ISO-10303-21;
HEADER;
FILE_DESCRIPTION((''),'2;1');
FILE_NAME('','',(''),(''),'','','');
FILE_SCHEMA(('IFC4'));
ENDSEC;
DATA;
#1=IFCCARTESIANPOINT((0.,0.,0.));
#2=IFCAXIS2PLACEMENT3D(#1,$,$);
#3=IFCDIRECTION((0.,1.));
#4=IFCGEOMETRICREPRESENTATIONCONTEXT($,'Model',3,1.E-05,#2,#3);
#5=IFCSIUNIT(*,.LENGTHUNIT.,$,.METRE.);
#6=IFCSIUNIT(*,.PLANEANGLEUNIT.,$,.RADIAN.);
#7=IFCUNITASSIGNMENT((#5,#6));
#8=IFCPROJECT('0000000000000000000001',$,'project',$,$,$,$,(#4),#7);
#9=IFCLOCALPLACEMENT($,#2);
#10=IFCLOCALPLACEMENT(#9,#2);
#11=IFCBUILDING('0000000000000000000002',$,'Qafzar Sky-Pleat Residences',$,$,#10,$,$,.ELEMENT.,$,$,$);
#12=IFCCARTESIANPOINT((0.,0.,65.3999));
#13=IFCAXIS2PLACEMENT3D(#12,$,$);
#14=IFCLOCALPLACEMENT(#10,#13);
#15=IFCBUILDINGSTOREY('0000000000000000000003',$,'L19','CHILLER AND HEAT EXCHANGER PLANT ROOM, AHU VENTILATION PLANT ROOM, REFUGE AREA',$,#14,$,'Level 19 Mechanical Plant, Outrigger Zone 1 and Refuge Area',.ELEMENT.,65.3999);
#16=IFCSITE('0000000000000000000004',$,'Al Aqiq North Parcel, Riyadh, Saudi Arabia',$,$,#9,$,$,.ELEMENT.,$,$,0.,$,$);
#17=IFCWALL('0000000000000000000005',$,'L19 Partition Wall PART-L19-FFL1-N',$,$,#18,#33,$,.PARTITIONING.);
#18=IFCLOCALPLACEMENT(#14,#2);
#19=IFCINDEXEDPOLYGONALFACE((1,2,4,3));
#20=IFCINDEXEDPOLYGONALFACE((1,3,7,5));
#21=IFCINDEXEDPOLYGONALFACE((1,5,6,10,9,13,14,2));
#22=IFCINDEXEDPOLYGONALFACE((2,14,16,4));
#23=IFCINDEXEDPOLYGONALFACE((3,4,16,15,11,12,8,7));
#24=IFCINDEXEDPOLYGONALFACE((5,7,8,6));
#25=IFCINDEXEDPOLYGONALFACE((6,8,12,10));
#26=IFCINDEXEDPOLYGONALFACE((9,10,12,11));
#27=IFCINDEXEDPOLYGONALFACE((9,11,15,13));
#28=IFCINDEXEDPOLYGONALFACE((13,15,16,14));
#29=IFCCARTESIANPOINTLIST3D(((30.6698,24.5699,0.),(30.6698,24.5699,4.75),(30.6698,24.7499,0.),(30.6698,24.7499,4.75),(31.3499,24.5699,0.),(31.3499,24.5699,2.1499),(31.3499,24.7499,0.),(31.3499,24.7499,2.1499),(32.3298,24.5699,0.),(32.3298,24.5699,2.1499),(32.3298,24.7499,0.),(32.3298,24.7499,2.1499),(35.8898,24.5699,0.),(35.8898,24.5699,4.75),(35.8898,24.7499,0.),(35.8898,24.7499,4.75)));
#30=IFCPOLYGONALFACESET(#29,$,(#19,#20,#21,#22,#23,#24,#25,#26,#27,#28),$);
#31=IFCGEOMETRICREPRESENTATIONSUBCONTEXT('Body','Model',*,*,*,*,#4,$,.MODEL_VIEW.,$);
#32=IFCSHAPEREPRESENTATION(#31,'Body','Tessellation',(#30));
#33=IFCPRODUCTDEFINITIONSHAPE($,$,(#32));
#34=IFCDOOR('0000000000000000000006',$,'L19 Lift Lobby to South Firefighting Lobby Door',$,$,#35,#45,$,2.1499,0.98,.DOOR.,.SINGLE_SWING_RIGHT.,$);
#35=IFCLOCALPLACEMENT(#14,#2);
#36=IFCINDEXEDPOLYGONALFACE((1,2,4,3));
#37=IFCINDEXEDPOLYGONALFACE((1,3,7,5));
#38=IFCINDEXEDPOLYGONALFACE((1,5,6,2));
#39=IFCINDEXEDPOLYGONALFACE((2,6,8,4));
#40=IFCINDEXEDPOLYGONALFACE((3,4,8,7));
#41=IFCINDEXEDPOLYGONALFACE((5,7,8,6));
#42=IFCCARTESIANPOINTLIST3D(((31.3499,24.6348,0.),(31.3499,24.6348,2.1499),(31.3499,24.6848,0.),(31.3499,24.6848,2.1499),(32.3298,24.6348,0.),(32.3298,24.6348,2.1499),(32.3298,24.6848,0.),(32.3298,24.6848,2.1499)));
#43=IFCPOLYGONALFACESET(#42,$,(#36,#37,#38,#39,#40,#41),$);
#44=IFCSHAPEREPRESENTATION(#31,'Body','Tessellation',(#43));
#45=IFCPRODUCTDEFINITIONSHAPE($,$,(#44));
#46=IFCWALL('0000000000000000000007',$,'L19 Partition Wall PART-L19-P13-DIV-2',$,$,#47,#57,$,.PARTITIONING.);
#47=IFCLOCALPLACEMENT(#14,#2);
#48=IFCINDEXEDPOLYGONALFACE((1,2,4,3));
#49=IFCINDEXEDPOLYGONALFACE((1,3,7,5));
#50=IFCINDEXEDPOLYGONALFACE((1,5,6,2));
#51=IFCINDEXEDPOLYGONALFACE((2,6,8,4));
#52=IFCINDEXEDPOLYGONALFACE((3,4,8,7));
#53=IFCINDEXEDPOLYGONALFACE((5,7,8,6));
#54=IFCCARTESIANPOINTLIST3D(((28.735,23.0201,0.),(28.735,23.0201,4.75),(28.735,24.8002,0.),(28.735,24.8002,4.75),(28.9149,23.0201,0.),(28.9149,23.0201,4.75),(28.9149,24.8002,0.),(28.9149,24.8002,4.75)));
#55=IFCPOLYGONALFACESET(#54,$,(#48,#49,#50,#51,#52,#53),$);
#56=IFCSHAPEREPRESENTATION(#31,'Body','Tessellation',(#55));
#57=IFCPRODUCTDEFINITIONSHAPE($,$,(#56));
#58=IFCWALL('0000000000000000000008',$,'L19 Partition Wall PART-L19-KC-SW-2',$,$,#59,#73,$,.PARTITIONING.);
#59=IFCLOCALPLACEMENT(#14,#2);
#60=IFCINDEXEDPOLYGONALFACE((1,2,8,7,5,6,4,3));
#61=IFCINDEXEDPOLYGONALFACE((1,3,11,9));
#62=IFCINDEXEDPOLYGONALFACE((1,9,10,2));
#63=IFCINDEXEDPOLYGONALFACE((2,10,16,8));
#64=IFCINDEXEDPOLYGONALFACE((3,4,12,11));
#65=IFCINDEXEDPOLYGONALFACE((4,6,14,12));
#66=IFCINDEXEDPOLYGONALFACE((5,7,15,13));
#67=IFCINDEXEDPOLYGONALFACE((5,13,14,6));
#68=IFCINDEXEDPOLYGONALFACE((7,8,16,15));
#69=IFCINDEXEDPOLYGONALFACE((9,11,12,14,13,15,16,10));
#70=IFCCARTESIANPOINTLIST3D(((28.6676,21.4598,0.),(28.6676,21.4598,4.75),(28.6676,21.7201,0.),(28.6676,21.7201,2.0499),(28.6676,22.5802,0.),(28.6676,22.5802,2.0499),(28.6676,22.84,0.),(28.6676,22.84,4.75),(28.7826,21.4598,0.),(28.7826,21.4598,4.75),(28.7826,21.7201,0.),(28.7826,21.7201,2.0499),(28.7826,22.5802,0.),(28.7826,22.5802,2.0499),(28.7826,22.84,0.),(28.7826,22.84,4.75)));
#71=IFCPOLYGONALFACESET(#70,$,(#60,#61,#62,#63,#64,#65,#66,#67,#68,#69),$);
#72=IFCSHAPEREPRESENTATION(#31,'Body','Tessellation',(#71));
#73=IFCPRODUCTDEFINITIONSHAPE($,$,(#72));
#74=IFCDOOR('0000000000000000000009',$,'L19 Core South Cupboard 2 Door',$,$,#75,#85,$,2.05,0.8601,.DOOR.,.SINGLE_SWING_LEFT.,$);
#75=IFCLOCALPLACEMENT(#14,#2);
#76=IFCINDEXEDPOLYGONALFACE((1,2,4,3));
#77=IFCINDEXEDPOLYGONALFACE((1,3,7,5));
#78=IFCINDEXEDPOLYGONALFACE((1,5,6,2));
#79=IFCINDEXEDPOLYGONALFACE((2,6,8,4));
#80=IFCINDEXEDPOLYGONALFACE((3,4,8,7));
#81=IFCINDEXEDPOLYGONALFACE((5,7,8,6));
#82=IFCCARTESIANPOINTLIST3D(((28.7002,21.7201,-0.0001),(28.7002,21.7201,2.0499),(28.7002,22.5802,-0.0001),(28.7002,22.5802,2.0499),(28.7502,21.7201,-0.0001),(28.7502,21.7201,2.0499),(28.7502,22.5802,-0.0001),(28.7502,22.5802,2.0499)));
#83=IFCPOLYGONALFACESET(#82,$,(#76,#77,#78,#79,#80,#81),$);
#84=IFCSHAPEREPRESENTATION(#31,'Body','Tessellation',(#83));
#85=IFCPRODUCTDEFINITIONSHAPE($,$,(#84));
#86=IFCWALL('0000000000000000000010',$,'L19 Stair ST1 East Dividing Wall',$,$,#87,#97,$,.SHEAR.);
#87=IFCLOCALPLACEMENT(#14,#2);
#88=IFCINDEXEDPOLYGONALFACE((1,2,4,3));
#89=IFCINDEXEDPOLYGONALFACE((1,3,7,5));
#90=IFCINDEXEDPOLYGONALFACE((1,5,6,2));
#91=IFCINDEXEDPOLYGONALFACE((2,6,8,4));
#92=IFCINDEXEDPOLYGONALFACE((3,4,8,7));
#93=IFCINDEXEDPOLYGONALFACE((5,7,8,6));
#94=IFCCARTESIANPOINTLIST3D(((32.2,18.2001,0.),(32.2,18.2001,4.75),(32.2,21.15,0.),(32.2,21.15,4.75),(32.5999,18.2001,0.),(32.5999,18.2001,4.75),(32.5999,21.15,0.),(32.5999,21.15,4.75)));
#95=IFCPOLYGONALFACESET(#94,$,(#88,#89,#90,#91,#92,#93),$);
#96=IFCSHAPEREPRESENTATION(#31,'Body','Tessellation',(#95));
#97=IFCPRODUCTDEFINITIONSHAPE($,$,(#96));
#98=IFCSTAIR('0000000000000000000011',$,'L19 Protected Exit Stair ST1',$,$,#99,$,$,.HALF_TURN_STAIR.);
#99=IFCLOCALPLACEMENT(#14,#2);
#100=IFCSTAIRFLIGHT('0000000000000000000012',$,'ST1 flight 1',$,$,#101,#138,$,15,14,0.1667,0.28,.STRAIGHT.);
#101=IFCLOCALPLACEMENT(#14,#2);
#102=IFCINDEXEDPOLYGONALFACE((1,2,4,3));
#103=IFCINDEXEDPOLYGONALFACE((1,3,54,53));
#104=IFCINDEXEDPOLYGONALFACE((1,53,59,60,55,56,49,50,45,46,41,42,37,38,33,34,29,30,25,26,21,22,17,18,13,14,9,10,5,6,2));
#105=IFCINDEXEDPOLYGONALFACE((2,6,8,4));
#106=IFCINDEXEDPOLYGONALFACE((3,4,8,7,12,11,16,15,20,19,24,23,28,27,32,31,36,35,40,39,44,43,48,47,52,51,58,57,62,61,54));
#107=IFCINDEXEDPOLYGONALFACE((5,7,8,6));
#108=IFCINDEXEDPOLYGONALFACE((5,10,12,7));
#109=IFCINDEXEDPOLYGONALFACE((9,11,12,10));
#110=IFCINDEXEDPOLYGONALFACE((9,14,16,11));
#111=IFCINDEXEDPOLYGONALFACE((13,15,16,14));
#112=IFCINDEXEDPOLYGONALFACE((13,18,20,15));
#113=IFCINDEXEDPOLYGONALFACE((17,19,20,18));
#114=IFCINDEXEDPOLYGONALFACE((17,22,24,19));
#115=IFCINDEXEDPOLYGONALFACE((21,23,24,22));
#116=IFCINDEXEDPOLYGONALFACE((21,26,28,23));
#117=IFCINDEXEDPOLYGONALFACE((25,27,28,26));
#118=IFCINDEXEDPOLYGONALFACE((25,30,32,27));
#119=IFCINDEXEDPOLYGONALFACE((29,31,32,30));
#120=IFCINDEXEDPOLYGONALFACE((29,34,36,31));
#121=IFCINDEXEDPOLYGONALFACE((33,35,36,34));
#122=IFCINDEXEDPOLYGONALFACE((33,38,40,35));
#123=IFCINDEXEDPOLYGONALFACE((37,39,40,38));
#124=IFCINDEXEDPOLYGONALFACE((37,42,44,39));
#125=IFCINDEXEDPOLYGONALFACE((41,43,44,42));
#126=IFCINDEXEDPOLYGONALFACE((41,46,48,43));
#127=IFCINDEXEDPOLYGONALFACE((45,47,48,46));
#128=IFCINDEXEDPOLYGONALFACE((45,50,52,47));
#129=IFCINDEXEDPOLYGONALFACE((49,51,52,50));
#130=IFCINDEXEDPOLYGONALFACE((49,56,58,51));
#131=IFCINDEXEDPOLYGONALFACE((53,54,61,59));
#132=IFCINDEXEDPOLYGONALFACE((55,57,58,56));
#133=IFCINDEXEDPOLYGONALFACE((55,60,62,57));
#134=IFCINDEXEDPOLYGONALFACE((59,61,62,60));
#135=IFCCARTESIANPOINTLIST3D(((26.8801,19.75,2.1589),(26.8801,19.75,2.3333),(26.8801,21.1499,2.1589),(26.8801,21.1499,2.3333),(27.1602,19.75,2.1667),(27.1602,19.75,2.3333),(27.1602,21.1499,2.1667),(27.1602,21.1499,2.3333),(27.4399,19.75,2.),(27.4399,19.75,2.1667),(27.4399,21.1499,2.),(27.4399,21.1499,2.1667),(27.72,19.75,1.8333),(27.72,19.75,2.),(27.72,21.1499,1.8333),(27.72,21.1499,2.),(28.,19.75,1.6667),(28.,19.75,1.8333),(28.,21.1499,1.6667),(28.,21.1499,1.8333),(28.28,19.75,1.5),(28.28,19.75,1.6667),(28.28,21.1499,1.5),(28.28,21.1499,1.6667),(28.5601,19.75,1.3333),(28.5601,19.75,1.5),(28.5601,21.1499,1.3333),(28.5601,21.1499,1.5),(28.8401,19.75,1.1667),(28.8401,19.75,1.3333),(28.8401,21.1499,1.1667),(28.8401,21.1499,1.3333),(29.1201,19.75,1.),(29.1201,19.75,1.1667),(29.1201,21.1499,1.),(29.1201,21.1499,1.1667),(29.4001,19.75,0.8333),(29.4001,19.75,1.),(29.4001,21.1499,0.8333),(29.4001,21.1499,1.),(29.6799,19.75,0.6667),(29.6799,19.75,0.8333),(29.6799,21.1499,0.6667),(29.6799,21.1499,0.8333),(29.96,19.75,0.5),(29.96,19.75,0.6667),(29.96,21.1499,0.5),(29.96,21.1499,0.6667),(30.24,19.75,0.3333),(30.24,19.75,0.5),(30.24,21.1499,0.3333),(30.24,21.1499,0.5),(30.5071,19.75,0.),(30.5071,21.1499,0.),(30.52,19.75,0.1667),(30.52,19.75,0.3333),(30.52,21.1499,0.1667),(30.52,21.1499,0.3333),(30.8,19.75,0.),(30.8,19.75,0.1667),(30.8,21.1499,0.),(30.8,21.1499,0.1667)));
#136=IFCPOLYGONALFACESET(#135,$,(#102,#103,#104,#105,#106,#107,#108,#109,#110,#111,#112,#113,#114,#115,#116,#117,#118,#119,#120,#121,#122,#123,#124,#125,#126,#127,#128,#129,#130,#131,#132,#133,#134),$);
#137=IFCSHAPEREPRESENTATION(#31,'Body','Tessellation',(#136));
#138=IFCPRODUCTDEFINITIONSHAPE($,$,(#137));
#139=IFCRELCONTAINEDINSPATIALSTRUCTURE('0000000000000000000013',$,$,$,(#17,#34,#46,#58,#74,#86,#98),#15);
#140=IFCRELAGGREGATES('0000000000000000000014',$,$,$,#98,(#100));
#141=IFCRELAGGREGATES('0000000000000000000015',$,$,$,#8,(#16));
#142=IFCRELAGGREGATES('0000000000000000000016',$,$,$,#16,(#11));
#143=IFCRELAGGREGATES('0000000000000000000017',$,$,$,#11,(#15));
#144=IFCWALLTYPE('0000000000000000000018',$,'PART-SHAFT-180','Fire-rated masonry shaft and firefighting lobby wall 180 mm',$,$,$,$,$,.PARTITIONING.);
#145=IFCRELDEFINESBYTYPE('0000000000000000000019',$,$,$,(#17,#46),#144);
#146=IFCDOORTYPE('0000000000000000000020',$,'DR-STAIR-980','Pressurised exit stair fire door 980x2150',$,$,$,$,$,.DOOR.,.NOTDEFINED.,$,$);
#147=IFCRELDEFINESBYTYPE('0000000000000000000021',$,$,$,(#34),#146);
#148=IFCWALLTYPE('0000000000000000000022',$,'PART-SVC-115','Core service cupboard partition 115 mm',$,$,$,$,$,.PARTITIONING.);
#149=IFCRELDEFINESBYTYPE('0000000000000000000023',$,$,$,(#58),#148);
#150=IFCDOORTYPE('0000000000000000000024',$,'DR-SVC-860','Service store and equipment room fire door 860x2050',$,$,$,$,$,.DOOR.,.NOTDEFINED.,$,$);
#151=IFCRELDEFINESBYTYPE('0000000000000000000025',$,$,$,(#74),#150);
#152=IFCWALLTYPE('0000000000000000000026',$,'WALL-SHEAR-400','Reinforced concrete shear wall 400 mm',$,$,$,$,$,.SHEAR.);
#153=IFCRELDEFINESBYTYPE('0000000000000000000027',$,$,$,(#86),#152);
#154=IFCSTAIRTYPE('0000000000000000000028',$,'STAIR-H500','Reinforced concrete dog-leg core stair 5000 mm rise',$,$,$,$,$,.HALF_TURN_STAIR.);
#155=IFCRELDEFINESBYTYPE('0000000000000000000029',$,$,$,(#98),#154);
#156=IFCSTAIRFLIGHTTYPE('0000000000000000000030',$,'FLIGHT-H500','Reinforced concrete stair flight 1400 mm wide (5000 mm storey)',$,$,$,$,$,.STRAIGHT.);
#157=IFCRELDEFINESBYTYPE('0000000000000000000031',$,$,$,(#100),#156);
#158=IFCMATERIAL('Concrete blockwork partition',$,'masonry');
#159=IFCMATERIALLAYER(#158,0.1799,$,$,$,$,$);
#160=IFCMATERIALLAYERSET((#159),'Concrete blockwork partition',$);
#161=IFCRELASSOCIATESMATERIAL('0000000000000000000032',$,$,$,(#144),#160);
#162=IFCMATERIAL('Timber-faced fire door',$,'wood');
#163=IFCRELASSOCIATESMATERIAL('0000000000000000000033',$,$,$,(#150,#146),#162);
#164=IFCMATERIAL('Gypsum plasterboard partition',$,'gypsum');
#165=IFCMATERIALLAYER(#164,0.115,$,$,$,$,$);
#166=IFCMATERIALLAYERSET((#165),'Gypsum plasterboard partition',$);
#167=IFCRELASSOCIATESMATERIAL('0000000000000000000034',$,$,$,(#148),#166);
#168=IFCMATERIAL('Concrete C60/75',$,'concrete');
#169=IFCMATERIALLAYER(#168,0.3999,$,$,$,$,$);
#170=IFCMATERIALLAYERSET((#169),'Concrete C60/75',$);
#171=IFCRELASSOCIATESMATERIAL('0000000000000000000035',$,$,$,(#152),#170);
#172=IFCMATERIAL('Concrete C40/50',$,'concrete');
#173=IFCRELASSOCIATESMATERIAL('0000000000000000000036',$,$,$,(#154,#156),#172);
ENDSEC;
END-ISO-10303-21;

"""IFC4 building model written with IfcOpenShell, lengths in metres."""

from ifc_helpers import new_model, si_unit, direction, frame, frame_2d, origin, place, context, subcontext, project, spatial, polyline, rectangle, outline, extrude, source, transform, mapped, material, layer, layer_set, type_object, element, fill, aggregate, save


model = new_model("IFC4")

# Units and contexts
model_context = context("Model", 3, precision=1e-05, world=origin(), true_north=direction((0.0, 1.0)))
body_context = subcontext(model_context, "Body", "Model", "MODEL_VIEW")
ifc_project = project(units=[si_unit("LENGTHUNIT", "METRE"), si_unit("PLANEANGLEUNIT", "RADIAN")], contexts=[model_context])

# Site, building, storey
site_placement = place(None, origin())
site = spatial("IfcSite", under=ifc_project, at=site_placement, Name="Al Aqiq North Parcel, Riyadh, Saudi Arabia", CompositionType="ELEMENT", RefElevation=0.0)
building_placement = place(site_placement, origin())
building = spatial("IfcBuilding", under=site, at=building_placement, Name="Qafzar Sky-Pleat Residences", CompositionType="ELEMENT")
storey_placement = place(building_placement, frame((0.0, 0.0, 65.3999)))
storey = spatial("IfcBuildingStorey", under=building, at=storey_placement, Name="L19", Description="CHILLER AND HEAT EXCHANGER PLANT ROOM, AHU VENTILATION PLANT ROOM, REFUGE AREA", LongName="Level 19 Mechanical Plant, Outrigger Zone 1 and Refuge Area", CompositionType="ELEMENT", Elevation=65.3999)

# Shared definitions
ifc_material_1 = material(Name="Timber-faced fire door", Category="wood")

# Wall, opening, door
ifc_material_2 = material(Name="Concrete blockwork partition", Category="masonry")
ifc_layer_1 = layer(ifc_material_2, 0.1799)
ifc_layer_set_1 = layer_set([ifc_layer_1], Name="Concrete blockwork partition")
wall_type_1 = type_object("IfcWallType", Name="PART-SHAFT-180", Description="Fire-rated masonry shaft and firefighting lobby wall 180 mm", PredefinedType="PARTITIONING", material=ifc_layer_set_1)
door_type_1 = type_object("IfcDoorType", Name="DR-SVC-860", Description="Service store and equipment room fire door 860x2050", OperationType="NOTDEFINED", PredefinedType="DOOR", material=ifc_material_1)
shared_shape_1 = source(origin(), body_context, "Body", "SweptSolid", [
    extrude(rectangle(XDim=0.8601, YDim=2.05, at=frame_2d((0.4302, 1.0249))), frame((0.0, 0.0249, 0.0), z_axis=(0.0, -1.0, 0.0), x_axis=(1.0, 0.0, 0.0)), (0.0, 0.0, 1.0), 0.05),
])
wall_1_placement = place(storey_placement, frame((30.6699, 24.6599, 0.0), z_axis=(0.0, 0.0, 1.0), x_axis=(1.0, 0.0, 0.0)))
wall_1 = element("IfcWall", 1, at=wall_1_placement, inside=storey, type_object=wall_type_1, Name="L19 Partition Wall PART-L19-FFL1-N", PredefinedType="PARTITIONING", context=body_context, shape_type="SweptSolid", body=[
    extrude(rectangle(XDim=5.22, YDim=0.1799, at=frame_2d((2.6099, 0.0))), origin(), (0.0, 0.0, 1.0), 4.75),
])
opening_1_placement = place(wall_1_placement, frame((0.6799, 0.0, 0.0)))
opening_1 = element("IfcOpeningElement", 2, at=opening_1_placement, cuts=wall_1, PredefinedType="OPENING", context=body_context, shape_type="SweptSolid", body=[
    extrude(rectangle(XDim=0.98, YDim=2.1499, at=frame_2d((0.49, 1.075))), frame((0.0, 0.1001, 0.0), z_axis=(0.0, -1.0, 0.0), x_axis=(1.0, 0.0, 0.0)), (0.0, 0.0, 1.0), 0.2),
])
door_type_2 = type_object("IfcDoorType", Name="DR-STAIR-980", Description="Pressurised exit stair fire door 980x2150", OperationType="NOTDEFINED", PredefinedType="DOOR", material=ifc_material_1)
shared_shape_2 = source(origin(), body_context, "Body", "SweptSolid", [
    extrude(rectangle(XDim=0.98, YDim=2.1499, at=frame_2d((0.49, 1.075))), frame((0.0, 0.0249, 0.0), z_axis=(0.0, -1.0, 0.0), x_axis=(1.0, 0.0, 0.0)), (0.0, 0.0, 1.0), 0.05),
])
door_1_placement = place(opening_1_placement, origin())
door_1 = element("IfcDoor", 3, at=door_1_placement, inside=storey, type_object=door_type_2, Name="L19 Lift Lobby to South Firefighting Lobby Door", OperationType="SINGLE_SWING_RIGHT", OverallHeight=2.1499, OverallWidth=0.98, PredefinedType="DOOR", context=body_context, shape_type="MappedRepresentation", body=[
    mapped(shared_shape_2, transform((0.0, 0.0, 0.0), x_axis=(1.0, 0.0, 0.0), y_axis=(0.0, 1.0, 0.0), z_axis=(0.0, 0.0, 1.0), scale=1.0)),
])
fill(opening_1, door_1)

# Wall
wall_2_placement = place(storey_placement, frame((28.825, 23.02, 0.0), z_axis=(0.0, 0.0, 1.0), x_axis=(0.0, 1.0, 0.0)))
element("IfcWall", 4, at=wall_2_placement, inside=storey, type_object=wall_type_1, Name="L19 Partition Wall PART-L19-P13-DIV-2", PredefinedType="PARTITIONING", context=body_context, shape_type="SweptSolid", body=[
    extrude(rectangle(XDim=1.78, YDim=0.1799, at=frame_2d((0.8901, 0.0))), origin(), (0.0, 0.0, 1.0), 4.75),
])

# Wall, opening, door
ifc_material_3 = material(Name="Gypsum plasterboard partition", Category="gypsum")
ifc_layer_2 = layer(ifc_material_3, 0.115)
ifc_layer_set_2 = layer_set([ifc_layer_2], Name="Gypsum plasterboard partition")
wall_type_2 = type_object("IfcWallType", Name="PART-SVC-115", Description="Core service cupboard partition 115 mm", PredefinedType="PARTITIONING", material=ifc_layer_set_2)
wall_3_placement = place(storey_placement, frame((28.7251, 21.46, 0.0), z_axis=(0.0, 0.0, 1.0), x_axis=(0.0, 1.0, 0.0)))
wall_3 = element("IfcWall", 5, at=wall_3_placement, inside=storey, type_object=wall_type_2, Name="L19 Partition Wall PART-L19-KC-SW-2", PredefinedType="PARTITIONING", context=body_context, shape_type="SweptSolid", body=[
    extrude(rectangle(XDim=1.3801, YDim=0.115, at=frame_2d((0.6899, 0.0))), origin(), (0.0, 0.0, 1.0), 4.75),
])
opening_2_placement = place(wall_3_placement, frame((0.26, 0.0, 0.0)))
opening_2 = element("IfcOpeningElement", 6, at=opening_2_placement, cuts=wall_3, PredefinedType="OPENING", context=body_context, shape_type="SweptSolid", body=[
    extrude(rectangle(XDim=0.8601, YDim=2.05, at=frame_2d((0.4302, 1.0249))), frame((0.0, 0.0674, 0.0), z_axis=(0.0, -1.0, 0.0), x_axis=(1.0, 0.0, 0.0)), (0.0, 0.0, 1.0), 0.135),
])
door_2_placement = place(opening_2_placement, origin())
door_2 = element("IfcDoor", 7, at=door_2_placement, inside=storey, type_object=door_type_1, Name="L19 Core South Cupboard 2 Door", OperationType="SINGLE_SWING_LEFT", OverallHeight=2.05, OverallWidth=0.8601, PredefinedType="DOOR", context=body_context, shape_type="MappedRepresentation", body=[
    mapped(shared_shape_1, transform((0.0, 0.0, 0.0), x_axis=(1.0, 0.0, 0.0), y_axis=(0.0, 1.0, 0.0), z_axis=(0.0, 0.0, 1.0), scale=1.0)),
])
fill(opening_2, door_2)

# Wall
ifc_material_4 = material(Name="Concrete C60/75", Category="concrete")
ifc_layer_3 = layer(ifc_material_4, 0.3999)
ifc_layer_set_3 = layer_set([ifc_layer_3], Name="Concrete C60/75")
wall_type_3 = type_object("IfcWallType", Name="WALL-SHEAR-400", Description="Reinforced concrete shear wall 400 mm", PredefinedType="SHEAR", material=ifc_layer_set_3)
wall_4_placement = place(storey_placement, frame((32.3999, 18.2, 0.0), z_axis=(0.0, 0.0, 1.0), x_axis=(0.0, 1.0, 0.0)))
element("IfcWall", 8, at=wall_4_placement, inside=storey, type_object=wall_type_3, Name="L19 Stair ST1 East Dividing Wall", PredefinedType="SHEAR", context=body_context, shape_type="SweptSolid", body=[
    extrude(rectangle(XDim=2.95, YDim=0.3999, at=frame_2d((1.4751, 0.0))), origin(), (0.0, 0.0, 1.0), 4.75),
])

# Stair, stair flight
ifc_material_5 = material(Name="Concrete C40/50", Category="concrete")
stair_type = type_object("IfcStairType", Name="STAIR-H500", Description="Reinforced concrete dog-leg core stair 5000 mm rise", PredefinedType="HALF_TURN_STAIR", material=ifc_material_5)
stair_placement = place(storey_placement, origin())
stair = element("IfcStair", 9, at=stair_placement, inside=storey, type_object=stair_type, Name="L19 Protected Exit Stair ST1", PredefinedType="HALF_TURN_STAIR")
stair_flight_type = type_object("IfcStairFlightType", Name="FLIGHT-H500", Description="Reinforced concrete stair flight 1400 mm wide (5000 mm storey)", PredefinedType="STRAIGHT", material=ifc_material_5)
shared_shape_3 = source(origin(), body_context, "Body", "SweptSolid", [
    extrude(outline(polyline([(0.0, 0.0), (0.0, 0.1667), (0.28, 0.1667), (0.28, 0.3333), (0.5601, 0.3333), (0.5601, 0.5), (0.8401, 0.5), (0.8401, 0.6667), (1.1201, 0.6667), (1.1201, 0.8333), (1.3999, 0.8333), (1.3999, 1.0), (1.6799, 1.0), (1.6799, 1.1667), (1.96, 1.1667), (1.96, 1.3333), (2.24, 1.3333), (2.24, 1.5), (2.52, 1.5), (2.52, 1.6667), (2.8, 1.6667), (2.8, 1.8333), (3.0801, 1.8333), (3.0801, 2.0), (3.3601, 2.0), (3.3601, 2.1667), (3.6399, 2.1667), (3.6399, 2.3333), (3.9199, 2.3333), (3.9199, 2.5), (3.9199, 2.1589), (0.293, 0.0), (0.0, 0.0)])), frame((0.0, 0.7, 0.0), z_axis=(0.0, -1.0, 0.0), x_axis=(1.0, 0.0, 0.0)), (0.0, 0.0, 1.0), 1.3999),
])
stair_flight_placement = place(storey_placement, frame((30.8, 20.45, 0.0), z_axis=(0.0, 0.0, 1.0), x_axis=(-1.0, 0.0, 0.0)))
stair_flight = element("IfcStairFlight", 10, at=stair_flight_placement, type_object=stair_flight_type, Name="ST1 flight 1", NumberOfRisers=15, NumberOfTreads=14, PredefinedType="STRAIGHT", RiserHeight=0.1667, TreadLength=0.28, context=body_context, shape_type="MappedRepresentation", body=[
    mapped(shared_shape_3, transform((0.0, 0.0, 0.0), x_axis=(1.0, 0.0, 0.0), y_axis=(0.0, 1.0, 0.0), z_axis=(0.0, 0.0, 1.0), scale=1.0)),
])
aggregate(stair, [stair_flight])

save(model, "model.ifc")
